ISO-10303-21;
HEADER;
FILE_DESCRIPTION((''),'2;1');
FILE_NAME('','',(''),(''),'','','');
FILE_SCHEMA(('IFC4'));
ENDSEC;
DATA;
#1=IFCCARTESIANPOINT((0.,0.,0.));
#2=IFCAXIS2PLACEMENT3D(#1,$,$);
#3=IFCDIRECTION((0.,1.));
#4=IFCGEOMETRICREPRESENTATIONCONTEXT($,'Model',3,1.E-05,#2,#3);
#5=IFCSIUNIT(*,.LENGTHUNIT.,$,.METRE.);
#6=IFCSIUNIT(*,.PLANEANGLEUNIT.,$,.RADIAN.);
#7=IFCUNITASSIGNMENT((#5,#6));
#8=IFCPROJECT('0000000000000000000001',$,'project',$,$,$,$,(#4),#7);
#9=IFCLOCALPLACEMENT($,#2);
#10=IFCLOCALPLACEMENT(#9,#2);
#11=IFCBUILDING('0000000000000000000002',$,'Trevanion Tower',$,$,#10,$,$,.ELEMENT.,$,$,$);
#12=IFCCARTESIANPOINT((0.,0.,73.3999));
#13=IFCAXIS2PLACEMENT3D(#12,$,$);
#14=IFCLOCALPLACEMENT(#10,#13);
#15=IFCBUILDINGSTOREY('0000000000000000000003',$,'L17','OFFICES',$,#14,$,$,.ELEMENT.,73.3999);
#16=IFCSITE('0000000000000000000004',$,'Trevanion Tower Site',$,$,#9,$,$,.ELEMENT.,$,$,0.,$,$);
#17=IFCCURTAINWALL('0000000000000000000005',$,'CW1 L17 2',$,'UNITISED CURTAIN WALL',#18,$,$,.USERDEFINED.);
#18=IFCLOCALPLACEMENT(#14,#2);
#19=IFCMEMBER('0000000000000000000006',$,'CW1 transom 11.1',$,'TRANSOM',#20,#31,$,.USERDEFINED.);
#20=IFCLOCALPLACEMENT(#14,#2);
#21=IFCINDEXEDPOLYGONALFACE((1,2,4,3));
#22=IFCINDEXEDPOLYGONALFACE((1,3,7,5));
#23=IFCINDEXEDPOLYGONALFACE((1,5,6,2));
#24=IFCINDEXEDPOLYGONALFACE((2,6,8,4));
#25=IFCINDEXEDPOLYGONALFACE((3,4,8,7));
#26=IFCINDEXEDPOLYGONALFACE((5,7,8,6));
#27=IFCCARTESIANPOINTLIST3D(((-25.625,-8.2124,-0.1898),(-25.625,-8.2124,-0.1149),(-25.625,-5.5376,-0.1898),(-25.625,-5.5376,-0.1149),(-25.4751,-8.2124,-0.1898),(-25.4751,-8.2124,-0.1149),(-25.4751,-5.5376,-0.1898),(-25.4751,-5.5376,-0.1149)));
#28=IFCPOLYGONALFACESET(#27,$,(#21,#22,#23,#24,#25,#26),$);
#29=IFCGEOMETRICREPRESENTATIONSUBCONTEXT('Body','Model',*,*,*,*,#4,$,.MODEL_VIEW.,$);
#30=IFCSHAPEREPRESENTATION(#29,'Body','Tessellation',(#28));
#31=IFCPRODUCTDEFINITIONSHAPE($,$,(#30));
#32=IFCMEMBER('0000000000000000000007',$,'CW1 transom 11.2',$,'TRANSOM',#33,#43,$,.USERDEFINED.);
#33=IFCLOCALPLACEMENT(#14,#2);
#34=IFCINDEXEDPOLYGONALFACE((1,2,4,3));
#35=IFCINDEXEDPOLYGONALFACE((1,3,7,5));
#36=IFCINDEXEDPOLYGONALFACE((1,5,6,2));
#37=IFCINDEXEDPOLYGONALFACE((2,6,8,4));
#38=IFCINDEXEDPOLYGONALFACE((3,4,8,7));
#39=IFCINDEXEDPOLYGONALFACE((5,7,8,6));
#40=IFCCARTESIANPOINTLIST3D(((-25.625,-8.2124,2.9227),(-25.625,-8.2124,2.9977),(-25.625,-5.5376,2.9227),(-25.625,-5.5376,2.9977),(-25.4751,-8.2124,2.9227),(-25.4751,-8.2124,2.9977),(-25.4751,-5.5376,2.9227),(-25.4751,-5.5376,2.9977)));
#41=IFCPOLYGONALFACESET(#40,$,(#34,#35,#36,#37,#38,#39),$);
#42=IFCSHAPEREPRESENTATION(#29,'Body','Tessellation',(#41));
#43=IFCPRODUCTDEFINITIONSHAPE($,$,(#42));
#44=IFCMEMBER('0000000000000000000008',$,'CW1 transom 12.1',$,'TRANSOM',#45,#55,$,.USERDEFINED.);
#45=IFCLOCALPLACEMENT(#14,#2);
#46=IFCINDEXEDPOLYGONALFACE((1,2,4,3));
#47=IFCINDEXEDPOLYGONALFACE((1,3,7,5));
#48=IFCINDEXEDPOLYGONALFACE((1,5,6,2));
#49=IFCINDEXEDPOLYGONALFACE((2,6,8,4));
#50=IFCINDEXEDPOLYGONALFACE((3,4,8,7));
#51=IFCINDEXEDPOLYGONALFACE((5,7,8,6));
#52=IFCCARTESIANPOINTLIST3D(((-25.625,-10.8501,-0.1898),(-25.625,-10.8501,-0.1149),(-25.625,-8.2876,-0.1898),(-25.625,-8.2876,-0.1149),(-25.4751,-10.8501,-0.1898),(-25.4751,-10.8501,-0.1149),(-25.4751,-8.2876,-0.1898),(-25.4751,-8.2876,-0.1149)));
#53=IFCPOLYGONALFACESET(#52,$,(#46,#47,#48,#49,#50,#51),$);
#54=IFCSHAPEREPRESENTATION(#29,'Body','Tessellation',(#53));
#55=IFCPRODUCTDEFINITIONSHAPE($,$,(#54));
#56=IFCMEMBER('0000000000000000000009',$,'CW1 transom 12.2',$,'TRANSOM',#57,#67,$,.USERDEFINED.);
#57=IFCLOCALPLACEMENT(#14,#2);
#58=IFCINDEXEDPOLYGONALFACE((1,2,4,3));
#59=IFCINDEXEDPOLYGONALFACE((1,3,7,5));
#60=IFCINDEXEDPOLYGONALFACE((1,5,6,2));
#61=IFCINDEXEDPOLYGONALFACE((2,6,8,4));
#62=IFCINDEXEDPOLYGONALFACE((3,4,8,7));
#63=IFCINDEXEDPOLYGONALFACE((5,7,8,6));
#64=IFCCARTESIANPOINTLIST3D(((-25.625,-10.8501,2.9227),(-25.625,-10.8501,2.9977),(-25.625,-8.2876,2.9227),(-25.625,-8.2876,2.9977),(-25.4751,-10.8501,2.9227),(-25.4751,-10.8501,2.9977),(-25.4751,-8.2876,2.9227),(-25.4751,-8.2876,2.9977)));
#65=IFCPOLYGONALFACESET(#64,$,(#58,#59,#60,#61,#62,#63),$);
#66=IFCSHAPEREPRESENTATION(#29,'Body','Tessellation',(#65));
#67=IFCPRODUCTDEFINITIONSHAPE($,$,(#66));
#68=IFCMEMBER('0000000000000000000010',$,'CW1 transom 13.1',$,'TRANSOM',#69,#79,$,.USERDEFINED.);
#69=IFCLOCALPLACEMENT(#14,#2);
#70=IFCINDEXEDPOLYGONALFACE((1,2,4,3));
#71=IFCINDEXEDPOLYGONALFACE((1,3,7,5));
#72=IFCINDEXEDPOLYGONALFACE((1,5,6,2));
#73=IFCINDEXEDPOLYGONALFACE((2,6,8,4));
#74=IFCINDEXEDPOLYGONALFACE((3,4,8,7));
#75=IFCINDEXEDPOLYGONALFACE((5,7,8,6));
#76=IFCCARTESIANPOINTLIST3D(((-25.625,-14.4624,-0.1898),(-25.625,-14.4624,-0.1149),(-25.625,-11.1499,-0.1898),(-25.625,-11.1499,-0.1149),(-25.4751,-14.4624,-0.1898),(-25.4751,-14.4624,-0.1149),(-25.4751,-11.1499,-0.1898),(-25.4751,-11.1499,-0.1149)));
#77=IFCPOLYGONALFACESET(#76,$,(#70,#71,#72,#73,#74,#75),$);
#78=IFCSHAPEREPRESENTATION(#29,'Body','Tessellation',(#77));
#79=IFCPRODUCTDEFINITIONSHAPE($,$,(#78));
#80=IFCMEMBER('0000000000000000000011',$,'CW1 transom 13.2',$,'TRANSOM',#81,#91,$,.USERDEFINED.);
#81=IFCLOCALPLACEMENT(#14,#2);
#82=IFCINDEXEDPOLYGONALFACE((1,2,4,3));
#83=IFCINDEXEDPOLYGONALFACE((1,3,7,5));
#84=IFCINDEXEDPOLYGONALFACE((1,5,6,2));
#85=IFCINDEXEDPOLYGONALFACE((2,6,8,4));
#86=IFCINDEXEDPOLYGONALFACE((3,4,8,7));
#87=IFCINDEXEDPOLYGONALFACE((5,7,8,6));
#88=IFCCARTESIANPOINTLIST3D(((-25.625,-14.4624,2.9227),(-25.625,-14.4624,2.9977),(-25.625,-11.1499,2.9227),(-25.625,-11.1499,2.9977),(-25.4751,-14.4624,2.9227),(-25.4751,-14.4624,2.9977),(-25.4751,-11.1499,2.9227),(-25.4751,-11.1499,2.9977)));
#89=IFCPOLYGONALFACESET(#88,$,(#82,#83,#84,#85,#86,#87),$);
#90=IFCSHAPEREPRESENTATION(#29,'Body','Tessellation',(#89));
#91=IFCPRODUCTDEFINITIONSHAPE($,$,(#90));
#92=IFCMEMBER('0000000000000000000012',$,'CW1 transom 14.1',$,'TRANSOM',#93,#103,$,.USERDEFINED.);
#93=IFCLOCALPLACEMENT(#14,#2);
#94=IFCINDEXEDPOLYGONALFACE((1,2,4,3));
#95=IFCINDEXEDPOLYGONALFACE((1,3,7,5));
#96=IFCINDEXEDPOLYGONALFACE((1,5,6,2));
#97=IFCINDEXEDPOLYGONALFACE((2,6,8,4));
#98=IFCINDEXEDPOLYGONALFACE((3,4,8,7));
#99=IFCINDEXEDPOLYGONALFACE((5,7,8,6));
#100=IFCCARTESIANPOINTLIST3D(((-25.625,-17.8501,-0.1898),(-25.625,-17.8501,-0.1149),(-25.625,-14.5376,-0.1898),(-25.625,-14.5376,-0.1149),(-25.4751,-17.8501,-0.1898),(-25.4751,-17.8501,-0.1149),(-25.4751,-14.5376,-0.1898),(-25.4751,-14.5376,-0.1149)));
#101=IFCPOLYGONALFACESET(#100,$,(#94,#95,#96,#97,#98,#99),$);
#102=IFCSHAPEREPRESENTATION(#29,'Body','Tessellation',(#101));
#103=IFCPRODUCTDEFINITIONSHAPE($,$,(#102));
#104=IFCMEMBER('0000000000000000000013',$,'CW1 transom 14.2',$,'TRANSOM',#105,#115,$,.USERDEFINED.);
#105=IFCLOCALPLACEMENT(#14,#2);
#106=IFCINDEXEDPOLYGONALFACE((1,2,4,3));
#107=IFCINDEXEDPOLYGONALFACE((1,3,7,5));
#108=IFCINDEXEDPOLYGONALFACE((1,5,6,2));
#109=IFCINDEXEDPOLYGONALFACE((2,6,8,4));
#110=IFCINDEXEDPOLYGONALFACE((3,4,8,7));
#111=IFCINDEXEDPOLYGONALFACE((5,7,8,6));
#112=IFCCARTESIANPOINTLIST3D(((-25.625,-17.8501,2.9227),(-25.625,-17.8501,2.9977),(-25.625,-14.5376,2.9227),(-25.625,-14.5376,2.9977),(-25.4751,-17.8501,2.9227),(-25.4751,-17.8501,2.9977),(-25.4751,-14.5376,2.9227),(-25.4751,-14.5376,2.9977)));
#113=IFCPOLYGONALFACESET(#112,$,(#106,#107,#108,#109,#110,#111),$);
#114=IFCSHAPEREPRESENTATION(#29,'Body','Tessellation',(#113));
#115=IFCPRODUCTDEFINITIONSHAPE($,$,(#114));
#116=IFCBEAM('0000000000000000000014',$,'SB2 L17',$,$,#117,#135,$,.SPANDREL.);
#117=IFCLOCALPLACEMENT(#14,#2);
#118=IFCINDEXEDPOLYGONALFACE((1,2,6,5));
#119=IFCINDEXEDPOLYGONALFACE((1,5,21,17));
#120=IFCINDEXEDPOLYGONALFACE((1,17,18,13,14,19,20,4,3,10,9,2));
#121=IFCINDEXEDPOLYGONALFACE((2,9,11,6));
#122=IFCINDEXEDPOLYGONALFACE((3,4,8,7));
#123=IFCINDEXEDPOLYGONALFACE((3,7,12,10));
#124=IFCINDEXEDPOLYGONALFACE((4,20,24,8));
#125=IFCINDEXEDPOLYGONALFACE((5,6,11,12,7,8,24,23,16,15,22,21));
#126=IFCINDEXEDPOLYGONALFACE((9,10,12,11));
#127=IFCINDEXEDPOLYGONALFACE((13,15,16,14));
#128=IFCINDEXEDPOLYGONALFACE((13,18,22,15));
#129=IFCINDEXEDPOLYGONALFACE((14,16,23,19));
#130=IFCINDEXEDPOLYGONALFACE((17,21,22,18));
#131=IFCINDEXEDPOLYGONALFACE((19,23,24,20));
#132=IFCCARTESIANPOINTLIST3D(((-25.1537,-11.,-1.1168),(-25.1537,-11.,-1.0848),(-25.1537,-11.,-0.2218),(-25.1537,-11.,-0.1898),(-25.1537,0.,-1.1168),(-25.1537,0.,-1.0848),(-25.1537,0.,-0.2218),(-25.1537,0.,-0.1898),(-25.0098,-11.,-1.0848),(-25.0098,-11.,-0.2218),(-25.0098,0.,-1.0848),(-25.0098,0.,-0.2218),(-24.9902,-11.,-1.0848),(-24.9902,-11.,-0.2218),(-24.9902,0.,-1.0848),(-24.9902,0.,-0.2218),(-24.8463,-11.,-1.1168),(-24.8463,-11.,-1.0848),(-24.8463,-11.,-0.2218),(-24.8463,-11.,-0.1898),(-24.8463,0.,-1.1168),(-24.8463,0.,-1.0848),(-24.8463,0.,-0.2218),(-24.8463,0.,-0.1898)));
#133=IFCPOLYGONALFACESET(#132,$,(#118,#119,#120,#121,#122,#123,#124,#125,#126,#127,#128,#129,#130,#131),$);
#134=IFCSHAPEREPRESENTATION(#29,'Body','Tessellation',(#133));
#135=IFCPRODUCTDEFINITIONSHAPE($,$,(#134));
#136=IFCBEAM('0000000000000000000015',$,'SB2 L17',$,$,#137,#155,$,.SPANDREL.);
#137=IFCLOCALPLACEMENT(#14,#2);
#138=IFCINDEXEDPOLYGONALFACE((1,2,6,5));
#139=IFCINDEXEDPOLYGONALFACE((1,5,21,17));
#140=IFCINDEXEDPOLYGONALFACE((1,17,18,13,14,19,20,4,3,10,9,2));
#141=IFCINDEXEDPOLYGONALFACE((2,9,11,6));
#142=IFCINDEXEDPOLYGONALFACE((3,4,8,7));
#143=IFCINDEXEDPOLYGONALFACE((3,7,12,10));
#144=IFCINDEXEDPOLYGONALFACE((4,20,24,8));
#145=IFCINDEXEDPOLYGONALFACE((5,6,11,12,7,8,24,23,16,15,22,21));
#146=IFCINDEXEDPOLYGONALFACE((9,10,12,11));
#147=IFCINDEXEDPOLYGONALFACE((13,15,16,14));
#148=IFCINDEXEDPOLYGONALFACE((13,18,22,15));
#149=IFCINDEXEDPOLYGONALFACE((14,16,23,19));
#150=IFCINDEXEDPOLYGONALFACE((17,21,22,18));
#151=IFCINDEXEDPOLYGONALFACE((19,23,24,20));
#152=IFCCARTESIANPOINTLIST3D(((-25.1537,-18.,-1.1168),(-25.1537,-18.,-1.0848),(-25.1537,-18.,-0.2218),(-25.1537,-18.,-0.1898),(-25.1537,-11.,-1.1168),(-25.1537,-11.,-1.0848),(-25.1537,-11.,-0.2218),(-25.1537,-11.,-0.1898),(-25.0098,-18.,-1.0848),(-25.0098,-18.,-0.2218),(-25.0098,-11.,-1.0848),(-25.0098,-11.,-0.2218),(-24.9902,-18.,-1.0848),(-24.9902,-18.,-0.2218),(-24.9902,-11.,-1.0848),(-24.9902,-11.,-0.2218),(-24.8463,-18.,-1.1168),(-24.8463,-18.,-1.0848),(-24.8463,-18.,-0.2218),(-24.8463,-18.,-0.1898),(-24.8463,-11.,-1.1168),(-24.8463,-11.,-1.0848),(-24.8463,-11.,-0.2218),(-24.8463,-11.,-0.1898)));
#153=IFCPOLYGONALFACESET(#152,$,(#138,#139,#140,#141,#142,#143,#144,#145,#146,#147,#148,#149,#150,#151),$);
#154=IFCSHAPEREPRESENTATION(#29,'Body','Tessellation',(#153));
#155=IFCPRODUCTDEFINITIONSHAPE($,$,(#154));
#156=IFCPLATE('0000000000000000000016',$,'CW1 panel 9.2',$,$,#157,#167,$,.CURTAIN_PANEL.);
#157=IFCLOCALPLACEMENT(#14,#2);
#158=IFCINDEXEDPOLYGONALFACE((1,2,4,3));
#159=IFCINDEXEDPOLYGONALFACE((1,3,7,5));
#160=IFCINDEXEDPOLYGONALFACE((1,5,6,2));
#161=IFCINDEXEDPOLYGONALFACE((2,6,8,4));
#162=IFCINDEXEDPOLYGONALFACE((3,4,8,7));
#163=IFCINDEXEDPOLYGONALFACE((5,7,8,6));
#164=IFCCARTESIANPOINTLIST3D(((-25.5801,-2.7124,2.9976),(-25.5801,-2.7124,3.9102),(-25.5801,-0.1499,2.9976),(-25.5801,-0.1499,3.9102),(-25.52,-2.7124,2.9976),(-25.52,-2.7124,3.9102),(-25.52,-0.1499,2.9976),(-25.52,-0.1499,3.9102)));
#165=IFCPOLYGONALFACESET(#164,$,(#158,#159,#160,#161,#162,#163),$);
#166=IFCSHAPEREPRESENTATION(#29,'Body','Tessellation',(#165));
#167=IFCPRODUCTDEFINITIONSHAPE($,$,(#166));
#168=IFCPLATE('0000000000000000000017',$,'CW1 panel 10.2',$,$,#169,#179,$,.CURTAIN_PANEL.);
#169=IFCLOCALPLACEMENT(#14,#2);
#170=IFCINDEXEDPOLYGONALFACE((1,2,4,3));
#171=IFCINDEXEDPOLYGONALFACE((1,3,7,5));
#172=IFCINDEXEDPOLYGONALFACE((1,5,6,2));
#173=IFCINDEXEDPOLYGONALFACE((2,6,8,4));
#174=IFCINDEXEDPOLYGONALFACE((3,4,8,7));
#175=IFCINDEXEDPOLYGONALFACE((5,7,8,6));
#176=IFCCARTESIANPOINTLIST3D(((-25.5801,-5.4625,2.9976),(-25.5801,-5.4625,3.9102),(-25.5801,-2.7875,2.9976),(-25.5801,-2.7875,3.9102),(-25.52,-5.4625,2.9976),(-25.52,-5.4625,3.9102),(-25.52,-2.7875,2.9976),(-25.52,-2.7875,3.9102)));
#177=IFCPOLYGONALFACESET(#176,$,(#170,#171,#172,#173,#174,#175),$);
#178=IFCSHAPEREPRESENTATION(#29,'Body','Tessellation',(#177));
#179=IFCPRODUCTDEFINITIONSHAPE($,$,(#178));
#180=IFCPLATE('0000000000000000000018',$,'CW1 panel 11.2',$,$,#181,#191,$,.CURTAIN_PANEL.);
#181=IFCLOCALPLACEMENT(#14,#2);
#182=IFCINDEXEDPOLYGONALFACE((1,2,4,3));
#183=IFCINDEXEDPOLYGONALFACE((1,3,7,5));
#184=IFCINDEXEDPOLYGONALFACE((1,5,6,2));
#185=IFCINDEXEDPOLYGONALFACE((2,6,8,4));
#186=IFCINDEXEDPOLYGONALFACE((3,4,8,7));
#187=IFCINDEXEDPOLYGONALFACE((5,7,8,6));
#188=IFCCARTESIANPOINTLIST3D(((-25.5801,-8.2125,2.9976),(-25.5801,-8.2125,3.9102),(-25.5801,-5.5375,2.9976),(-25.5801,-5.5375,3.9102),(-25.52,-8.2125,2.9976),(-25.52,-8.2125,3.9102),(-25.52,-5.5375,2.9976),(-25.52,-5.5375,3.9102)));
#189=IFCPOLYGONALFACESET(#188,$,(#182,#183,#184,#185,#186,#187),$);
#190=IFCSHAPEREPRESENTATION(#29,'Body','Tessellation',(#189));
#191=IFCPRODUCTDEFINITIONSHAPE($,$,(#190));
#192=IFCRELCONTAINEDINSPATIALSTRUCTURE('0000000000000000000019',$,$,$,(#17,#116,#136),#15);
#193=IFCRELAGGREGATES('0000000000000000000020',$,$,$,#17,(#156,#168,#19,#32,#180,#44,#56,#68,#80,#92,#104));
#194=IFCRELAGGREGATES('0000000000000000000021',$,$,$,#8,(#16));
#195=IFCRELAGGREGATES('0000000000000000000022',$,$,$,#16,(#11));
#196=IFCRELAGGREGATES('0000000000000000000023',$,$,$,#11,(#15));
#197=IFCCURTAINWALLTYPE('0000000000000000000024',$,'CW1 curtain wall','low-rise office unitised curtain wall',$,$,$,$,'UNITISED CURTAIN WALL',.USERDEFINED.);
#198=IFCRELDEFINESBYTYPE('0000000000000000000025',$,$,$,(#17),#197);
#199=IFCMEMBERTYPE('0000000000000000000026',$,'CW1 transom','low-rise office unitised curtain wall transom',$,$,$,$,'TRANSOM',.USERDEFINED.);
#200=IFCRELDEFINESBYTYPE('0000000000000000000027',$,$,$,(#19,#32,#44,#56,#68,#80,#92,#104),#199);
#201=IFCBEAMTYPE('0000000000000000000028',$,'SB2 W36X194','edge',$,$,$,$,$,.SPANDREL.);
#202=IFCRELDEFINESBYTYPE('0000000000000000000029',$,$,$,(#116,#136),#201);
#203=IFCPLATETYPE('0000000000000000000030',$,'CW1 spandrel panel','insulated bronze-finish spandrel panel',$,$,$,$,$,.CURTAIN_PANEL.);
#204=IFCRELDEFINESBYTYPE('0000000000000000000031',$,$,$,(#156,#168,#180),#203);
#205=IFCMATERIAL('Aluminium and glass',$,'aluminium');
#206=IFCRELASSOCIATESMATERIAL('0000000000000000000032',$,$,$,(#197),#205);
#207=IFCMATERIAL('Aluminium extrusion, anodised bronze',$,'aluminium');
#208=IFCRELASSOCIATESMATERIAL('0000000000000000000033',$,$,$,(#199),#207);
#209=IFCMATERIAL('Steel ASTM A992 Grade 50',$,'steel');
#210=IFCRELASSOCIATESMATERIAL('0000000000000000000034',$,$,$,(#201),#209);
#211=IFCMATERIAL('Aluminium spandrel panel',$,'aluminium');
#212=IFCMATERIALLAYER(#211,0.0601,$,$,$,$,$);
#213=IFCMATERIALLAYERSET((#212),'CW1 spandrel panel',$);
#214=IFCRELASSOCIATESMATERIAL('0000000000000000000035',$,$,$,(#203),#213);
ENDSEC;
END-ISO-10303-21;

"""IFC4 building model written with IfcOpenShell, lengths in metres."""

from ifc_helpers import new_model, si_unit, direction, frame, origin, origin_2d, place, context, subcontext, project, spatial, rectangle, i_section, extrude, material, layer, layer_set, material_profile, profile_set, type_object, element, aggregate, save


model = new_model("IFC4")

# Units and contexts
model_context = context("Model", 3, precision=1e-05, world=origin(), true_north=direction((0.0, 1.0)))
body_context = subcontext(model_context, "Body", "Model", "MODEL_VIEW")
ifc_project = project(units=[si_unit("LENGTHUNIT", "METRE"), si_unit("PLANEANGLEUNIT", "RADIAN")], contexts=[model_context])

# Site, building, storey
site_placement = place(None, origin())
site = spatial("IfcSite", under=ifc_project, at=site_placement, Name="Trevanion Tower Site", CompositionType="ELEMENT", RefElevation=0.0)
building_placement = place(site_placement, origin())
building = spatial("IfcBuilding", under=site, at=building_placement, Name="Trevanion Tower", CompositionType="ELEMENT")
storey_placement = place(building_placement, frame((0.0, 0.0, 73.3999)))
storey = spatial("IfcBuildingStorey", under=building, at=storey_placement, Name="L17", Description="OFFICES", CompositionType="ELEMENT", Elevation=73.3999)

# Curtain wall, members
ifc_material_1 = material(Name="Aluminium and glass", Category="aluminium")
curtain_wall_type = type_object("IfcCurtainWallType", Name="CW1 curtain wall", Description="low-rise office unitised curtain wall", ElementType="UNITISED CURTAIN WALL", PredefinedType="USERDEFINED", material=ifc_material_1)
curtain_wall_placement = place(storey_placement, origin())
curtain_wall = element("IfcCurtainWall", 1, at=curtain_wall_placement, inside=storey, type_object=curtain_wall_type, Name="CW1 L17 2", ObjectType="UNITISED CURTAIN WALL", PredefinedType="USERDEFINED")
ifc_material_2 = material(Name="Aluminium extrusion, anodised bronze", Category="aluminium")
ifc_material_profile_1 = material_profile(ifc_material_2, rectangle(XDim=0.1499, YDim=0.075, at=origin_2d()), Name="CW1 transom")
ifc_profile_set_1 = profile_set([ifc_material_profile_1], Name="Aluminium extrusion, anodised bronze")
member_type_1 = type_object("IfcMemberType", Name="CW1 transom", Description="low-rise office unitised curtain wall transom", ElementType="TRANSOM", PredefinedType="USERDEFINED", material=ifc_profile_set_1)
member_1_placement = place(storey_placement, frame((-25.55, -5.5376, -0.1523), z_axis=(0.0, -1.0, 0.0), x_axis=(1.0, 0.0, 0.0)))
member_1 = element("IfcMember", 2, at=member_1_placement, type_object=member_type_1, Name="CW1 transom 11.1", ObjectType="TRANSOM", PredefinedType="USERDEFINED", context=body_context, shape_type="SweptSolid", body=[
    extrude(rectangle(XDim=0.1499, YDim=0.075, at=origin_2d()), origin(), (0.0, 0.0, 1.0), 2.6748),
])
member_2_placement = place(storey_placement, frame((-25.55, -5.5376, 2.9602), z_axis=(0.0, -1.0, 0.0), x_axis=(1.0, 0.0, 0.0)))
member_2 = element("IfcMember", 3, at=member_2_placement, type_object=member_type_1, Name="CW1 transom 11.2", ObjectType="TRANSOM", PredefinedType="USERDEFINED", context=body_context, shape_type="SweptSolid", body=[
    extrude(rectangle(XDim=0.1499, YDim=0.075, at=origin_2d()), origin(), (0.0, 0.0, 1.0), 2.6748),
])
member_3_placement = place(storey_placement, frame((-25.55, -8.2876, -0.1523), z_axis=(0.0, -1.0, 0.0), x_axis=(1.0, 0.0, 0.0)))
member_3 = element("IfcMember", 4, at=member_3_placement, type_object=member_type_1, Name="CW1 transom 12.1", ObjectType="TRANSOM", PredefinedType="USERDEFINED", context=body_context, shape_type="SweptSolid", body=[
    extrude(rectangle(XDim=0.1499, YDim=0.075, at=origin_2d()), origin(), (0.0, 0.0, 1.0), 2.5625),
])
member_4_placement = place(storey_placement, frame((-25.55, -8.2876, 2.9602), z_axis=(0.0, -1.0, 0.0), x_axis=(1.0, 0.0, 0.0)))
member_4 = element("IfcMember", 5, at=member_4_placement, type_object=member_type_1, Name="CW1 transom 12.2", ObjectType="TRANSOM", PredefinedType="USERDEFINED", context=body_context, shape_type="SweptSolid", body=[
    extrude(rectangle(XDim=0.1499, YDim=0.075, at=origin_2d()), origin(), (0.0, 0.0, 1.0), 2.5625),
])
member_5_placement = place(storey_placement, frame((-25.55, -11.1499, -0.1523), z_axis=(0.0, -1.0, 0.0), x_axis=(1.0, 0.0, 0.0)))
member_5 = element("IfcMember", 6, at=member_5_placement, type_object=member_type_1, Name="CW1 transom 13.1", ObjectType="TRANSOM", PredefinedType="USERDEFINED", context=body_context, shape_type="SweptSolid", body=[
    extrude(rectangle(XDim=0.1499, YDim=0.075, at=origin_2d()), origin(), (0.0, 0.0, 1.0), 3.3125),
])
member_6_placement = place(storey_placement, frame((-25.55, -11.1499, 2.9602), z_axis=(0.0, -1.0, 0.0), x_axis=(1.0, 0.0, 0.0)))
member_6 = element("IfcMember", 7, at=member_6_placement, type_object=member_type_1, Name="CW1 transom 13.2", ObjectType="TRANSOM", PredefinedType="USERDEFINED", context=body_context, shape_type="SweptSolid", body=[
    extrude(rectangle(XDim=0.1499, YDim=0.075, at=origin_2d()), origin(), (0.0, 0.0, 1.0), 3.3125),
])
member_7_placement = place(storey_placement, frame((-25.55, -14.5376, -0.1523), z_axis=(0.0, -1.0, 0.0), x_axis=(1.0, 0.0, 0.0)))
member_7 = element("IfcMember", 8, at=member_7_placement, type_object=member_type_1, Name="CW1 transom 14.1", ObjectType="TRANSOM", PredefinedType="USERDEFINED", context=body_context, shape_type="SweptSolid", body=[
    extrude(rectangle(XDim=0.1499, YDim=0.075, at=origin_2d()), origin(), (0.0, 0.0, 1.0), 3.3125),
])
member_8_placement = place(storey_placement, frame((-25.55, -14.5376, 2.9602), z_axis=(0.0, -1.0, 0.0), x_axis=(1.0, 0.0, 0.0)))
member_8 = element("IfcMember", 9, at=member_8_placement, type_object=member_type_1, Name="CW1 transom 14.2", ObjectType="TRANSOM", PredefinedType="USERDEFINED", context=body_context, shape_type="SweptSolid", body=[
    extrude(rectangle(XDim=0.1499, YDim=0.075, at=origin_2d()), origin(), (0.0, 0.0, 1.0), 3.3125),
])

# Beams
ifc_material_3 = material(Name="Steel ASTM A992 Grade 50", Category="steel")
ifc_material_profile_2 = material_profile(ifc_material_3, i_section(OverallWidth=0.3074, OverallDepth=0.927, WebThickness=0.0195, FlangeThickness=0.032, at=origin_2d()), Name="W36X194")
ifc_profile_set_2 = profile_set([ifc_material_profile_2], Name="Steel ASTM A992 Grade 50")
beam_type_1 = type_object("IfcBeamType", Name="SB2 W36X194", Description="edge", PredefinedType="SPANDREL", material=ifc_profile_set_2)
beam_1_placement = place(storey_placement, frame((-25.0, 0.0, -0.6533), z_axis=(0.0, -1.0, 0.0), x_axis=(1.0, 0.0, 0.0)))
element("IfcBeam", 10, at=beam_1_placement, inside=storey, type_object=beam_type_1, Name="SB2 L17", PredefinedType="SPANDREL", context=body_context, shape_type="SweptSolid", body=[
    extrude(i_section(OverallWidth=0.3074, OverallDepth=0.927, WebThickness=0.0195, FlangeThickness=0.032, at=origin_2d()), origin(), (0.0, 0.0, 1.0), 11.0),
])
beam_2_placement = place(storey_placement, frame((-25.0, -11.0, -0.6533), z_axis=(0.0, -1.0, 0.0), x_axis=(1.0, 0.0, 0.0)))
element("IfcBeam", 11, at=beam_2_placement, inside=storey, type_object=beam_type_1, Name="SB2 L17", PredefinedType="SPANDREL", context=body_context, shape_type="SweptSolid", body=[
    extrude(i_section(OverallWidth=0.3074, OverallDepth=0.927, WebThickness=0.0195, FlangeThickness=0.032, at=origin_2d()), origin(), (0.0, 0.0, 1.0), 7.0),
])

# Plates
ifc_material_4 = material(Name="Aluminium spandrel panel", Category="aluminium")
ifc_layer_1 = layer(ifc_material_4, 0.0601)
ifc_layer_set_1 = layer_set([ifc_layer_1], Name="CW1 spandrel panel")
plate_type_1 = type_object("IfcPlateType", Name="CW1 spandrel panel", Description="insulated bronze-finish spandrel panel", PredefinedType="CURTAIN_PANEL", material=ifc_layer_set_1)
plate_1_placement = place(storey_placement, frame((-25.55, -1.4312, 2.9976), z_axis=(0.0, 0.0, 1.0), x_axis=(0.0, -1.0, 0.0)))
plate_1 = element("IfcPlate", 12, at=plate_1_placement, type_object=plate_type_1, Name="CW1 panel 9.2", PredefinedType="CURTAIN_PANEL", context=body_context, shape_type="SweptSolid", body=[
    extrude(rectangle(XDim=2.5625, YDim=0.0601, at=origin_2d()), origin(), (0.0, 0.0, 1.0), 0.9126),
])
plate_2_placement = place(storey_placement, frame((-25.55, -4.125, 2.9976), z_axis=(0.0, 0.0, 1.0), x_axis=(0.0, -1.0, 0.0)))
plate_2 = element("IfcPlate", 13, at=plate_2_placement, type_object=plate_type_1, Name="CW1 panel 10.2", PredefinedType="CURTAIN_PANEL", context=body_context, shape_type="SweptSolid", body=[
    extrude(rectangle(XDim=2.675, YDim=0.0601, at=origin_2d()), origin(), (0.0, 0.0, 1.0), 0.9126),
])
plate_3_placement = place(storey_placement, frame((-25.55, -6.875, 2.9976), z_axis=(0.0, 0.0, 1.0), x_axis=(0.0, -1.0, 0.0)))
plate_3 = element("IfcPlate", 14, at=plate_3_placement, type_object=plate_type_1, Name="CW1 panel 11.2", PredefinedType="CURTAIN_PANEL", context=body_context, shape_type="SweptSolid", body=[
    extrude(rectangle(XDim=2.675, YDim=0.0601, at=origin_2d()), origin(), (0.0, 0.0, 1.0), 0.9126),
])
aggregate(curtain_wall, [plate_1, plate_2, member_1, member_2, plate_3, member_3, member_4, member_5, member_6, member_7, member_8])

save(model, "model.ifc")
